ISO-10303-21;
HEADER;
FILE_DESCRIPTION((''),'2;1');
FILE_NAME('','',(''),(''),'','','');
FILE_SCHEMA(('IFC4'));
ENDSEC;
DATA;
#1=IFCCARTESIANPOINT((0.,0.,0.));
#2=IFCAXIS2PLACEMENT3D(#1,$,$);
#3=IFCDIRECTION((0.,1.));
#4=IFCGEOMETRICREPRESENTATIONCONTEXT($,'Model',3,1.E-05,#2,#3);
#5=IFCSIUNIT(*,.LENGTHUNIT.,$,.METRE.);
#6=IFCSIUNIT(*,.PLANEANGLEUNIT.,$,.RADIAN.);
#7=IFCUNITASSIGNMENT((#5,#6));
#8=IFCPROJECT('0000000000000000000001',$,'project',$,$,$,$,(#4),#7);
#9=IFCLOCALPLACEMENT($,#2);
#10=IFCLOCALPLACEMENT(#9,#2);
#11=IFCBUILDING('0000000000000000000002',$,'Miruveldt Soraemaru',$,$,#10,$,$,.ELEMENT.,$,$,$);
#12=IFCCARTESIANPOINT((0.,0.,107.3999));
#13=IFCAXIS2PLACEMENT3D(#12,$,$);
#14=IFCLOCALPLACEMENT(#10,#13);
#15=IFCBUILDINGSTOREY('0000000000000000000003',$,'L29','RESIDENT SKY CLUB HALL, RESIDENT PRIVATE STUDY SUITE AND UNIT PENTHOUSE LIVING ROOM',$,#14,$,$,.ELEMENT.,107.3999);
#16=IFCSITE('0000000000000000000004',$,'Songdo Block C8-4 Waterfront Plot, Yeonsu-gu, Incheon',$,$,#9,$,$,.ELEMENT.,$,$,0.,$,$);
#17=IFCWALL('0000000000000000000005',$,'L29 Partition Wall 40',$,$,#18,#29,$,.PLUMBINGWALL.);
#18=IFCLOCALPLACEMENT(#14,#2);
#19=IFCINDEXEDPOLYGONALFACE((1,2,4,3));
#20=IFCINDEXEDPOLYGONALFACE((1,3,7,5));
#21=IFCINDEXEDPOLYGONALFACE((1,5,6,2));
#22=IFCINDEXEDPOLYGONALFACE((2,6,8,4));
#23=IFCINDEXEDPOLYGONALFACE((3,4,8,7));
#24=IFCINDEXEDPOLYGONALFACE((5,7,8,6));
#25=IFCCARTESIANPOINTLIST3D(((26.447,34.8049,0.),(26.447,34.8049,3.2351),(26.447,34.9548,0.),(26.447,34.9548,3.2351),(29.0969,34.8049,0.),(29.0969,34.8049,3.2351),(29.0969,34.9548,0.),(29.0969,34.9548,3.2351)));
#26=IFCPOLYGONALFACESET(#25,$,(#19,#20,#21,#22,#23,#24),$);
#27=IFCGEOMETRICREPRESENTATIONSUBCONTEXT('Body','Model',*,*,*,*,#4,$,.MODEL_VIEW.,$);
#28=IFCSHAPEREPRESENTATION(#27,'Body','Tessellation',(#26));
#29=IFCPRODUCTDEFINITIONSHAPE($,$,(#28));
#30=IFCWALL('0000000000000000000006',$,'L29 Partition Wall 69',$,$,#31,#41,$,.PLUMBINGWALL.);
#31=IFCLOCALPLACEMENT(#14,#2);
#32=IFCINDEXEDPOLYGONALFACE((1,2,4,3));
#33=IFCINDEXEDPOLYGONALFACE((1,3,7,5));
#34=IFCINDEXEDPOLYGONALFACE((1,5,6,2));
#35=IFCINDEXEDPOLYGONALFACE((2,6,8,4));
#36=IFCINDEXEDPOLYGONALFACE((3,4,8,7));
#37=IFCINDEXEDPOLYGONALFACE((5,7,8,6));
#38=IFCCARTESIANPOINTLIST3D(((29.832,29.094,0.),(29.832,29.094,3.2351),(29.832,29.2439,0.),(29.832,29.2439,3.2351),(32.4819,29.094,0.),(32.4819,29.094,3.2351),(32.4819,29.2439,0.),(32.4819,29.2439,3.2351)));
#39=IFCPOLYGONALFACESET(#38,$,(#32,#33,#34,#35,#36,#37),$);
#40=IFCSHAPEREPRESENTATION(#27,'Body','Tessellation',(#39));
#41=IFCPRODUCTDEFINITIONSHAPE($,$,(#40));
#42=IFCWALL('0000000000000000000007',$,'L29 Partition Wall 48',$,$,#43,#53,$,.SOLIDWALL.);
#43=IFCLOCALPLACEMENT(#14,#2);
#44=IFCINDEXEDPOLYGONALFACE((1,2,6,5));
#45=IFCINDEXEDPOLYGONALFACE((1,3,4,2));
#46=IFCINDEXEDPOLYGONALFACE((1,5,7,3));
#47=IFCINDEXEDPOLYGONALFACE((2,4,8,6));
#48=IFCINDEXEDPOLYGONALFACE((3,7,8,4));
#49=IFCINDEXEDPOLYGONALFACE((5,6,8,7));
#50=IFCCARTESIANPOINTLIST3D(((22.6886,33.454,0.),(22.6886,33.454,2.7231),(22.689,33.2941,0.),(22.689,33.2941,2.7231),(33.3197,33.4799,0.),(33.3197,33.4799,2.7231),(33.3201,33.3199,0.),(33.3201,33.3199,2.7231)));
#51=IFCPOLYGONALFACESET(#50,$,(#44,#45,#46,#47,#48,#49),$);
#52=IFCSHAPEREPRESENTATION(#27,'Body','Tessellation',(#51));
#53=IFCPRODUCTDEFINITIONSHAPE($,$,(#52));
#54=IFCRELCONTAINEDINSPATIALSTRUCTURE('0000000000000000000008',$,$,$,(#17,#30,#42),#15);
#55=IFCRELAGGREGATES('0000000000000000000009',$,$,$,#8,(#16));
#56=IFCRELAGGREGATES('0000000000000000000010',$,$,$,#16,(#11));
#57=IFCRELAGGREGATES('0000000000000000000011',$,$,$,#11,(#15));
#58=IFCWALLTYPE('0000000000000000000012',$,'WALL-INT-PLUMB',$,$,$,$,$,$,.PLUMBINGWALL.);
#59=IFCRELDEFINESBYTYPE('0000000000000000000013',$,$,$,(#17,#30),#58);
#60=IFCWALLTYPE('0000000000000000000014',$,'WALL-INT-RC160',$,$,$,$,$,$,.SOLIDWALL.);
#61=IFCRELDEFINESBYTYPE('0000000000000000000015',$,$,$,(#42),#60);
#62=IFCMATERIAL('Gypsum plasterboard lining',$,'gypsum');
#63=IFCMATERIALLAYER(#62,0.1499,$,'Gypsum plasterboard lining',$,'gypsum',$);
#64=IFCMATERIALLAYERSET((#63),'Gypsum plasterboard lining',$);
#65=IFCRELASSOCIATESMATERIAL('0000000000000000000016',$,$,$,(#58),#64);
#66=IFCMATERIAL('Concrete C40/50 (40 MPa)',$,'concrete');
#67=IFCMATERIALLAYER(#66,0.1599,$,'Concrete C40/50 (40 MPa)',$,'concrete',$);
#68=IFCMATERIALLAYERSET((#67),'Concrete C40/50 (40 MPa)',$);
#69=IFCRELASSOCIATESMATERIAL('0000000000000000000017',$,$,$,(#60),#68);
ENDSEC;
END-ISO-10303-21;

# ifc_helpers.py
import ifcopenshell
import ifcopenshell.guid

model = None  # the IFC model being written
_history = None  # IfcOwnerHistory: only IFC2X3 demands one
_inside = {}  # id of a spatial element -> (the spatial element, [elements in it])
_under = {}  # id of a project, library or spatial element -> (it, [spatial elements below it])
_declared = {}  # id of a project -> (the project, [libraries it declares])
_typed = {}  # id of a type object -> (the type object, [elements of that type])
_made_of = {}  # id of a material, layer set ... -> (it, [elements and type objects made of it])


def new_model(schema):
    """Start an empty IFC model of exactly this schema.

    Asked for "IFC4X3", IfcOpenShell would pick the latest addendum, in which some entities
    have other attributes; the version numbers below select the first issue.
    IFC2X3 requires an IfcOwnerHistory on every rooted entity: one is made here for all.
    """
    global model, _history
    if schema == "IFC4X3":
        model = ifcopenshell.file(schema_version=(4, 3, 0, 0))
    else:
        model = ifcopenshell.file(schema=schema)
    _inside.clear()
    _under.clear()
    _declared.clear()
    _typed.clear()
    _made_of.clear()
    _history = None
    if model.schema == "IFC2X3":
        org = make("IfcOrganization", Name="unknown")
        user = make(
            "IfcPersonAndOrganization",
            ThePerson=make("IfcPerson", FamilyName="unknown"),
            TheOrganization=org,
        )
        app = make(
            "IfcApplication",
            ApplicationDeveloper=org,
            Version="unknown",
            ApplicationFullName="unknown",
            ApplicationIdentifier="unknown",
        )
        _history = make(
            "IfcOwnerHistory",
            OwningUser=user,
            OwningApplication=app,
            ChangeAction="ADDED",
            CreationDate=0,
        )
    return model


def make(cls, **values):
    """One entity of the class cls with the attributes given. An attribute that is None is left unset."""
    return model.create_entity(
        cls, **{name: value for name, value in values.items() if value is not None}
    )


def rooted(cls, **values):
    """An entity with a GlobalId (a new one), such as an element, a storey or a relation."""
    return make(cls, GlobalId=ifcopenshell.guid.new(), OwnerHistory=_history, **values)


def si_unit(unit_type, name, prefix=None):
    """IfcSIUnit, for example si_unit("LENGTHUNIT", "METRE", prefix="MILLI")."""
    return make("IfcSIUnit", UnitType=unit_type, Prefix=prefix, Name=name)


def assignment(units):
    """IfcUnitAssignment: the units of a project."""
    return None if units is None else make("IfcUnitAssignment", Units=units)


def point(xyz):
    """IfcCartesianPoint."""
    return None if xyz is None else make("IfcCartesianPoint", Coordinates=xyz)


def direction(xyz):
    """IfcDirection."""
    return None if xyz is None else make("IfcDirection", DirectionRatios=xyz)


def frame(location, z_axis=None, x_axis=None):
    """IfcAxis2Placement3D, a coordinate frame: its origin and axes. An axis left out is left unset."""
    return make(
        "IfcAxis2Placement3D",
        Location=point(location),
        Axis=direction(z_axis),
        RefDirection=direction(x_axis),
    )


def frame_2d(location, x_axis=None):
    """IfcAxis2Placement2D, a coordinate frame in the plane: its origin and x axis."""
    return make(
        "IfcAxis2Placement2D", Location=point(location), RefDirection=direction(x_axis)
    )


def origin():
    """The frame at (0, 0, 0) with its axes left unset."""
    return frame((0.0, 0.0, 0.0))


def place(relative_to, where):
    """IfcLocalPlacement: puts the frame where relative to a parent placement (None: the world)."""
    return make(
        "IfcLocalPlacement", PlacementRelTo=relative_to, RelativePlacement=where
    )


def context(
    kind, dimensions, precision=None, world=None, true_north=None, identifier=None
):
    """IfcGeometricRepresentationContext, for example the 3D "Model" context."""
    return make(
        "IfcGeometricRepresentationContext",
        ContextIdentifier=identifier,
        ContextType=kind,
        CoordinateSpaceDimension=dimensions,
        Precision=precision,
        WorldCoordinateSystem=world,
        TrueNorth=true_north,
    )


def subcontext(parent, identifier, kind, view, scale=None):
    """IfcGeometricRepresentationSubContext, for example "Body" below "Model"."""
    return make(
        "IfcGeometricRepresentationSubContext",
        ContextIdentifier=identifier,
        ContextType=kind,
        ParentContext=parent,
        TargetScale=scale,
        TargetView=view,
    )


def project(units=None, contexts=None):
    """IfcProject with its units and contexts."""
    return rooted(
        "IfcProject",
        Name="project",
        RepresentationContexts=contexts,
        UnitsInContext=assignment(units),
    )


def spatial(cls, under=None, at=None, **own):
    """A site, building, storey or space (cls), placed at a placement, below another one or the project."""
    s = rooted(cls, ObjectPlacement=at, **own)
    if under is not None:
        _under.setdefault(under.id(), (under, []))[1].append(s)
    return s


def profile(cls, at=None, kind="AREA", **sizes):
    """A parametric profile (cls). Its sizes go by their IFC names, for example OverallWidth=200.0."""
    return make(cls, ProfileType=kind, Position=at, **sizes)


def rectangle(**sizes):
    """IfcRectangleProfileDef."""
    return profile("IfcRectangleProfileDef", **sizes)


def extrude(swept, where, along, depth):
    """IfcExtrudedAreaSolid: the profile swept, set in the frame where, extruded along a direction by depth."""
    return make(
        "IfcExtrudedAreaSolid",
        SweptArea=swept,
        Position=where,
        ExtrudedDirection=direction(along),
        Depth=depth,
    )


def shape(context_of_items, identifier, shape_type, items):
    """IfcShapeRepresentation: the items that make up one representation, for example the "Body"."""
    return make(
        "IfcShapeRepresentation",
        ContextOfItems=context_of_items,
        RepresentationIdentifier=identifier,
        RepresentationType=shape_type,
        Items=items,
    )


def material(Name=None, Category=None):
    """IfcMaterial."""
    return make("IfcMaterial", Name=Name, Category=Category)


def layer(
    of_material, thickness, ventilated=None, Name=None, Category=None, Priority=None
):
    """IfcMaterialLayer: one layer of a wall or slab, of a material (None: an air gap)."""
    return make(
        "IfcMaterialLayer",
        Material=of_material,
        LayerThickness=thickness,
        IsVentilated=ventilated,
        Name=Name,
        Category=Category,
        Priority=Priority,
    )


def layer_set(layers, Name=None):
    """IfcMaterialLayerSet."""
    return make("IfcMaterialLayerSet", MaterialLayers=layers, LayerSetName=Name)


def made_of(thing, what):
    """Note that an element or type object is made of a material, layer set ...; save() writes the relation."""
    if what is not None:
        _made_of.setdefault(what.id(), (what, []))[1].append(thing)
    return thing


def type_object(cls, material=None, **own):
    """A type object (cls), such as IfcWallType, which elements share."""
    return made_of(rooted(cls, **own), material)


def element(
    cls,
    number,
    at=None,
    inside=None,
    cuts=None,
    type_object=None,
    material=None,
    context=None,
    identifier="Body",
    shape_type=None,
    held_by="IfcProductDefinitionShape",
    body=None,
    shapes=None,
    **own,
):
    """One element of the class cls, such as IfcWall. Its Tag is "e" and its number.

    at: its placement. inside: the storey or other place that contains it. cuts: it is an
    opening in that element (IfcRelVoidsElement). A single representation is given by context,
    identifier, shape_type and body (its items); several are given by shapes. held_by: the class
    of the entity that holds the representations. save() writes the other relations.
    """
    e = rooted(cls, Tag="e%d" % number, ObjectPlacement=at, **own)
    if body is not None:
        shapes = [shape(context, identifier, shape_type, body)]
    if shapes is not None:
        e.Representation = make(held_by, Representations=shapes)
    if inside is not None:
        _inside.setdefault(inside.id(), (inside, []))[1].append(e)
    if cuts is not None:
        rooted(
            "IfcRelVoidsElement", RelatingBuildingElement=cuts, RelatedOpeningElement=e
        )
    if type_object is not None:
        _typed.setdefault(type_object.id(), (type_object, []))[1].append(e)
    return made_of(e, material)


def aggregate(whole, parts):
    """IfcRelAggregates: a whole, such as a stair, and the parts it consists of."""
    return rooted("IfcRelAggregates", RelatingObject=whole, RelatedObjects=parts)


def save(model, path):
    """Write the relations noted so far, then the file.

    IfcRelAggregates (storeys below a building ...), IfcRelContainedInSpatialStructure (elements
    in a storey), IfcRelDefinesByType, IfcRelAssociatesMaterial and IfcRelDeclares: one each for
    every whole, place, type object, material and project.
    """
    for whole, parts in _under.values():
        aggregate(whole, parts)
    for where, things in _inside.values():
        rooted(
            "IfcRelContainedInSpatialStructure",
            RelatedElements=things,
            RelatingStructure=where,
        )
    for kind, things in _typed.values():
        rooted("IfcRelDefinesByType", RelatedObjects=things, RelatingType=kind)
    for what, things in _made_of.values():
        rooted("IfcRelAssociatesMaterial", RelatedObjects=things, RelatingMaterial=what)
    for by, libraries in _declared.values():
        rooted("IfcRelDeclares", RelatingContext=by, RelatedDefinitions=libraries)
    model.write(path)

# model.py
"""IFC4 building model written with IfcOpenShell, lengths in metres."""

from ifc_helpers import new_model, si_unit, direction, frame, frame_2d, origin, place, context, subcontext, project, spatial, rectangle, extrude, material, layer, layer_set, type_object, element, save


model = new_model("IFC4")

# Units and contexts
model_context = context("Model", 3, precision=1e-05, world=origin(), true_north=direction((0.0, 1.0)))
body_context = subcontext(model_context, "Body", "Model", "MODEL_VIEW")
ifc_project = project(units=[si_unit("LENGTHUNIT", "METRE"), si_unit("PLANEANGLEUNIT", "RADIAN")], contexts=[model_context])

# Site, building, storey
site_placement = place(None, origin())
site = spatial("IfcSite", under=ifc_project, at=site_placement, Name="Songdo Block C8-4 Waterfront Plot, Yeonsu-gu, Incheon", CompositionType="ELEMENT", RefElevation=0.0)
building_placement = place(site_placement, origin())
building = spatial("IfcBuilding", under=site, at=building_placement, Name="Miruveldt Soraemaru", CompositionType="ELEMENT")
storey_placement = place(building_placement, frame((0.0, 0.0, 107.3999)))
storey = spatial("IfcBuildingStorey", under=building, at=storey_placement, Name="L29", Description="RESIDENT SKY CLUB HALL, RESIDENT PRIVATE STUDY SUITE AND UNIT PENTHOUSE LIVING ROOM", CompositionType="ELEMENT", Elevation=107.3999)

# Shared definitions
ifc_material_1 = material(Name="Concrete C40/50 (40 MPa)", Category="concrete")

# Walls
ifc_material_2 = material(Name="Gypsum plasterboard lining", Category="gypsum")
ifc_layer_1 = layer(ifc_material_2, 0.1499, Name="Gypsum plasterboard lining", Category="gypsum")
ifc_layer_set_1 = layer_set([ifc_layer_1], Name="Gypsum plasterboard lining")
wall_type_1 = type_object("IfcWallType", Name="WALL-INT-PLUMB", PredefinedType="PLUMBINGWALL", material=ifc_layer_set_1)
for number, where, z_axis, x_axis, name in (
    (1, (26.447, 34.8799, 0.0), (0.0, 0.0, 1.0), (1.0, 0.0, 0.0), "L29 Partition Wall 40"),
    (2, (29.832, 29.1689, 0.0), (0.0, 0.0, 1.0), (1.0, 0.0, 0.0), "L29 Partition Wall 69"),
):
    element("IfcWall", number, at=place(storey_placement, frame(where, z_axis=z_axis, x_axis=x_axis)), inside=storey, type_object=wall_type_1, Name=name, PredefinedType="PLUMBINGWALL", context=body_context, shape_type="SweptSolid", body=[
        extrude(rectangle(XDim=2.6499, YDim=0.1499, at=frame_2d((1.325, 0.0))), origin(), (0.0, 0.0, 1.0), 3.2351),
    ])
ifc_layer_2 = layer(ifc_material_1, 0.1599, Name="Concrete C40/50 (40 MPa)", Category="concrete")
ifc_layer_set_2 = layer_set([ifc_layer_2], Name="Concrete C40/50 (40 MPa)")
wall_type_2 = type_object("IfcWallType", Name="WALL-INT-RC160", PredefinedType="SOLIDWALL", material=ifc_layer_set_2)
wall_1_placement = place(storey_placement, frame((22.689, 33.374, 0.0), z_axis=(0.0, 0.0, 1.0), x_axis=(0.999997, 0.002434, 0.0)))
element("IfcWall", 3, at=wall_1_placement, inside=storey, type_object=wall_type_2, Name="L29 Partition Wall 48", PredefinedType="SOLIDWALL", context=body_context, shape_type="SweptSolid", body=[
    extrude(rectangle(XDim=10.6311, YDim=0.1599, at=frame_2d((5.3154, 0.0))), origin(), (0.0, 0.0, 1.0), 2.7231),
])

save(model, "model.ifc")
